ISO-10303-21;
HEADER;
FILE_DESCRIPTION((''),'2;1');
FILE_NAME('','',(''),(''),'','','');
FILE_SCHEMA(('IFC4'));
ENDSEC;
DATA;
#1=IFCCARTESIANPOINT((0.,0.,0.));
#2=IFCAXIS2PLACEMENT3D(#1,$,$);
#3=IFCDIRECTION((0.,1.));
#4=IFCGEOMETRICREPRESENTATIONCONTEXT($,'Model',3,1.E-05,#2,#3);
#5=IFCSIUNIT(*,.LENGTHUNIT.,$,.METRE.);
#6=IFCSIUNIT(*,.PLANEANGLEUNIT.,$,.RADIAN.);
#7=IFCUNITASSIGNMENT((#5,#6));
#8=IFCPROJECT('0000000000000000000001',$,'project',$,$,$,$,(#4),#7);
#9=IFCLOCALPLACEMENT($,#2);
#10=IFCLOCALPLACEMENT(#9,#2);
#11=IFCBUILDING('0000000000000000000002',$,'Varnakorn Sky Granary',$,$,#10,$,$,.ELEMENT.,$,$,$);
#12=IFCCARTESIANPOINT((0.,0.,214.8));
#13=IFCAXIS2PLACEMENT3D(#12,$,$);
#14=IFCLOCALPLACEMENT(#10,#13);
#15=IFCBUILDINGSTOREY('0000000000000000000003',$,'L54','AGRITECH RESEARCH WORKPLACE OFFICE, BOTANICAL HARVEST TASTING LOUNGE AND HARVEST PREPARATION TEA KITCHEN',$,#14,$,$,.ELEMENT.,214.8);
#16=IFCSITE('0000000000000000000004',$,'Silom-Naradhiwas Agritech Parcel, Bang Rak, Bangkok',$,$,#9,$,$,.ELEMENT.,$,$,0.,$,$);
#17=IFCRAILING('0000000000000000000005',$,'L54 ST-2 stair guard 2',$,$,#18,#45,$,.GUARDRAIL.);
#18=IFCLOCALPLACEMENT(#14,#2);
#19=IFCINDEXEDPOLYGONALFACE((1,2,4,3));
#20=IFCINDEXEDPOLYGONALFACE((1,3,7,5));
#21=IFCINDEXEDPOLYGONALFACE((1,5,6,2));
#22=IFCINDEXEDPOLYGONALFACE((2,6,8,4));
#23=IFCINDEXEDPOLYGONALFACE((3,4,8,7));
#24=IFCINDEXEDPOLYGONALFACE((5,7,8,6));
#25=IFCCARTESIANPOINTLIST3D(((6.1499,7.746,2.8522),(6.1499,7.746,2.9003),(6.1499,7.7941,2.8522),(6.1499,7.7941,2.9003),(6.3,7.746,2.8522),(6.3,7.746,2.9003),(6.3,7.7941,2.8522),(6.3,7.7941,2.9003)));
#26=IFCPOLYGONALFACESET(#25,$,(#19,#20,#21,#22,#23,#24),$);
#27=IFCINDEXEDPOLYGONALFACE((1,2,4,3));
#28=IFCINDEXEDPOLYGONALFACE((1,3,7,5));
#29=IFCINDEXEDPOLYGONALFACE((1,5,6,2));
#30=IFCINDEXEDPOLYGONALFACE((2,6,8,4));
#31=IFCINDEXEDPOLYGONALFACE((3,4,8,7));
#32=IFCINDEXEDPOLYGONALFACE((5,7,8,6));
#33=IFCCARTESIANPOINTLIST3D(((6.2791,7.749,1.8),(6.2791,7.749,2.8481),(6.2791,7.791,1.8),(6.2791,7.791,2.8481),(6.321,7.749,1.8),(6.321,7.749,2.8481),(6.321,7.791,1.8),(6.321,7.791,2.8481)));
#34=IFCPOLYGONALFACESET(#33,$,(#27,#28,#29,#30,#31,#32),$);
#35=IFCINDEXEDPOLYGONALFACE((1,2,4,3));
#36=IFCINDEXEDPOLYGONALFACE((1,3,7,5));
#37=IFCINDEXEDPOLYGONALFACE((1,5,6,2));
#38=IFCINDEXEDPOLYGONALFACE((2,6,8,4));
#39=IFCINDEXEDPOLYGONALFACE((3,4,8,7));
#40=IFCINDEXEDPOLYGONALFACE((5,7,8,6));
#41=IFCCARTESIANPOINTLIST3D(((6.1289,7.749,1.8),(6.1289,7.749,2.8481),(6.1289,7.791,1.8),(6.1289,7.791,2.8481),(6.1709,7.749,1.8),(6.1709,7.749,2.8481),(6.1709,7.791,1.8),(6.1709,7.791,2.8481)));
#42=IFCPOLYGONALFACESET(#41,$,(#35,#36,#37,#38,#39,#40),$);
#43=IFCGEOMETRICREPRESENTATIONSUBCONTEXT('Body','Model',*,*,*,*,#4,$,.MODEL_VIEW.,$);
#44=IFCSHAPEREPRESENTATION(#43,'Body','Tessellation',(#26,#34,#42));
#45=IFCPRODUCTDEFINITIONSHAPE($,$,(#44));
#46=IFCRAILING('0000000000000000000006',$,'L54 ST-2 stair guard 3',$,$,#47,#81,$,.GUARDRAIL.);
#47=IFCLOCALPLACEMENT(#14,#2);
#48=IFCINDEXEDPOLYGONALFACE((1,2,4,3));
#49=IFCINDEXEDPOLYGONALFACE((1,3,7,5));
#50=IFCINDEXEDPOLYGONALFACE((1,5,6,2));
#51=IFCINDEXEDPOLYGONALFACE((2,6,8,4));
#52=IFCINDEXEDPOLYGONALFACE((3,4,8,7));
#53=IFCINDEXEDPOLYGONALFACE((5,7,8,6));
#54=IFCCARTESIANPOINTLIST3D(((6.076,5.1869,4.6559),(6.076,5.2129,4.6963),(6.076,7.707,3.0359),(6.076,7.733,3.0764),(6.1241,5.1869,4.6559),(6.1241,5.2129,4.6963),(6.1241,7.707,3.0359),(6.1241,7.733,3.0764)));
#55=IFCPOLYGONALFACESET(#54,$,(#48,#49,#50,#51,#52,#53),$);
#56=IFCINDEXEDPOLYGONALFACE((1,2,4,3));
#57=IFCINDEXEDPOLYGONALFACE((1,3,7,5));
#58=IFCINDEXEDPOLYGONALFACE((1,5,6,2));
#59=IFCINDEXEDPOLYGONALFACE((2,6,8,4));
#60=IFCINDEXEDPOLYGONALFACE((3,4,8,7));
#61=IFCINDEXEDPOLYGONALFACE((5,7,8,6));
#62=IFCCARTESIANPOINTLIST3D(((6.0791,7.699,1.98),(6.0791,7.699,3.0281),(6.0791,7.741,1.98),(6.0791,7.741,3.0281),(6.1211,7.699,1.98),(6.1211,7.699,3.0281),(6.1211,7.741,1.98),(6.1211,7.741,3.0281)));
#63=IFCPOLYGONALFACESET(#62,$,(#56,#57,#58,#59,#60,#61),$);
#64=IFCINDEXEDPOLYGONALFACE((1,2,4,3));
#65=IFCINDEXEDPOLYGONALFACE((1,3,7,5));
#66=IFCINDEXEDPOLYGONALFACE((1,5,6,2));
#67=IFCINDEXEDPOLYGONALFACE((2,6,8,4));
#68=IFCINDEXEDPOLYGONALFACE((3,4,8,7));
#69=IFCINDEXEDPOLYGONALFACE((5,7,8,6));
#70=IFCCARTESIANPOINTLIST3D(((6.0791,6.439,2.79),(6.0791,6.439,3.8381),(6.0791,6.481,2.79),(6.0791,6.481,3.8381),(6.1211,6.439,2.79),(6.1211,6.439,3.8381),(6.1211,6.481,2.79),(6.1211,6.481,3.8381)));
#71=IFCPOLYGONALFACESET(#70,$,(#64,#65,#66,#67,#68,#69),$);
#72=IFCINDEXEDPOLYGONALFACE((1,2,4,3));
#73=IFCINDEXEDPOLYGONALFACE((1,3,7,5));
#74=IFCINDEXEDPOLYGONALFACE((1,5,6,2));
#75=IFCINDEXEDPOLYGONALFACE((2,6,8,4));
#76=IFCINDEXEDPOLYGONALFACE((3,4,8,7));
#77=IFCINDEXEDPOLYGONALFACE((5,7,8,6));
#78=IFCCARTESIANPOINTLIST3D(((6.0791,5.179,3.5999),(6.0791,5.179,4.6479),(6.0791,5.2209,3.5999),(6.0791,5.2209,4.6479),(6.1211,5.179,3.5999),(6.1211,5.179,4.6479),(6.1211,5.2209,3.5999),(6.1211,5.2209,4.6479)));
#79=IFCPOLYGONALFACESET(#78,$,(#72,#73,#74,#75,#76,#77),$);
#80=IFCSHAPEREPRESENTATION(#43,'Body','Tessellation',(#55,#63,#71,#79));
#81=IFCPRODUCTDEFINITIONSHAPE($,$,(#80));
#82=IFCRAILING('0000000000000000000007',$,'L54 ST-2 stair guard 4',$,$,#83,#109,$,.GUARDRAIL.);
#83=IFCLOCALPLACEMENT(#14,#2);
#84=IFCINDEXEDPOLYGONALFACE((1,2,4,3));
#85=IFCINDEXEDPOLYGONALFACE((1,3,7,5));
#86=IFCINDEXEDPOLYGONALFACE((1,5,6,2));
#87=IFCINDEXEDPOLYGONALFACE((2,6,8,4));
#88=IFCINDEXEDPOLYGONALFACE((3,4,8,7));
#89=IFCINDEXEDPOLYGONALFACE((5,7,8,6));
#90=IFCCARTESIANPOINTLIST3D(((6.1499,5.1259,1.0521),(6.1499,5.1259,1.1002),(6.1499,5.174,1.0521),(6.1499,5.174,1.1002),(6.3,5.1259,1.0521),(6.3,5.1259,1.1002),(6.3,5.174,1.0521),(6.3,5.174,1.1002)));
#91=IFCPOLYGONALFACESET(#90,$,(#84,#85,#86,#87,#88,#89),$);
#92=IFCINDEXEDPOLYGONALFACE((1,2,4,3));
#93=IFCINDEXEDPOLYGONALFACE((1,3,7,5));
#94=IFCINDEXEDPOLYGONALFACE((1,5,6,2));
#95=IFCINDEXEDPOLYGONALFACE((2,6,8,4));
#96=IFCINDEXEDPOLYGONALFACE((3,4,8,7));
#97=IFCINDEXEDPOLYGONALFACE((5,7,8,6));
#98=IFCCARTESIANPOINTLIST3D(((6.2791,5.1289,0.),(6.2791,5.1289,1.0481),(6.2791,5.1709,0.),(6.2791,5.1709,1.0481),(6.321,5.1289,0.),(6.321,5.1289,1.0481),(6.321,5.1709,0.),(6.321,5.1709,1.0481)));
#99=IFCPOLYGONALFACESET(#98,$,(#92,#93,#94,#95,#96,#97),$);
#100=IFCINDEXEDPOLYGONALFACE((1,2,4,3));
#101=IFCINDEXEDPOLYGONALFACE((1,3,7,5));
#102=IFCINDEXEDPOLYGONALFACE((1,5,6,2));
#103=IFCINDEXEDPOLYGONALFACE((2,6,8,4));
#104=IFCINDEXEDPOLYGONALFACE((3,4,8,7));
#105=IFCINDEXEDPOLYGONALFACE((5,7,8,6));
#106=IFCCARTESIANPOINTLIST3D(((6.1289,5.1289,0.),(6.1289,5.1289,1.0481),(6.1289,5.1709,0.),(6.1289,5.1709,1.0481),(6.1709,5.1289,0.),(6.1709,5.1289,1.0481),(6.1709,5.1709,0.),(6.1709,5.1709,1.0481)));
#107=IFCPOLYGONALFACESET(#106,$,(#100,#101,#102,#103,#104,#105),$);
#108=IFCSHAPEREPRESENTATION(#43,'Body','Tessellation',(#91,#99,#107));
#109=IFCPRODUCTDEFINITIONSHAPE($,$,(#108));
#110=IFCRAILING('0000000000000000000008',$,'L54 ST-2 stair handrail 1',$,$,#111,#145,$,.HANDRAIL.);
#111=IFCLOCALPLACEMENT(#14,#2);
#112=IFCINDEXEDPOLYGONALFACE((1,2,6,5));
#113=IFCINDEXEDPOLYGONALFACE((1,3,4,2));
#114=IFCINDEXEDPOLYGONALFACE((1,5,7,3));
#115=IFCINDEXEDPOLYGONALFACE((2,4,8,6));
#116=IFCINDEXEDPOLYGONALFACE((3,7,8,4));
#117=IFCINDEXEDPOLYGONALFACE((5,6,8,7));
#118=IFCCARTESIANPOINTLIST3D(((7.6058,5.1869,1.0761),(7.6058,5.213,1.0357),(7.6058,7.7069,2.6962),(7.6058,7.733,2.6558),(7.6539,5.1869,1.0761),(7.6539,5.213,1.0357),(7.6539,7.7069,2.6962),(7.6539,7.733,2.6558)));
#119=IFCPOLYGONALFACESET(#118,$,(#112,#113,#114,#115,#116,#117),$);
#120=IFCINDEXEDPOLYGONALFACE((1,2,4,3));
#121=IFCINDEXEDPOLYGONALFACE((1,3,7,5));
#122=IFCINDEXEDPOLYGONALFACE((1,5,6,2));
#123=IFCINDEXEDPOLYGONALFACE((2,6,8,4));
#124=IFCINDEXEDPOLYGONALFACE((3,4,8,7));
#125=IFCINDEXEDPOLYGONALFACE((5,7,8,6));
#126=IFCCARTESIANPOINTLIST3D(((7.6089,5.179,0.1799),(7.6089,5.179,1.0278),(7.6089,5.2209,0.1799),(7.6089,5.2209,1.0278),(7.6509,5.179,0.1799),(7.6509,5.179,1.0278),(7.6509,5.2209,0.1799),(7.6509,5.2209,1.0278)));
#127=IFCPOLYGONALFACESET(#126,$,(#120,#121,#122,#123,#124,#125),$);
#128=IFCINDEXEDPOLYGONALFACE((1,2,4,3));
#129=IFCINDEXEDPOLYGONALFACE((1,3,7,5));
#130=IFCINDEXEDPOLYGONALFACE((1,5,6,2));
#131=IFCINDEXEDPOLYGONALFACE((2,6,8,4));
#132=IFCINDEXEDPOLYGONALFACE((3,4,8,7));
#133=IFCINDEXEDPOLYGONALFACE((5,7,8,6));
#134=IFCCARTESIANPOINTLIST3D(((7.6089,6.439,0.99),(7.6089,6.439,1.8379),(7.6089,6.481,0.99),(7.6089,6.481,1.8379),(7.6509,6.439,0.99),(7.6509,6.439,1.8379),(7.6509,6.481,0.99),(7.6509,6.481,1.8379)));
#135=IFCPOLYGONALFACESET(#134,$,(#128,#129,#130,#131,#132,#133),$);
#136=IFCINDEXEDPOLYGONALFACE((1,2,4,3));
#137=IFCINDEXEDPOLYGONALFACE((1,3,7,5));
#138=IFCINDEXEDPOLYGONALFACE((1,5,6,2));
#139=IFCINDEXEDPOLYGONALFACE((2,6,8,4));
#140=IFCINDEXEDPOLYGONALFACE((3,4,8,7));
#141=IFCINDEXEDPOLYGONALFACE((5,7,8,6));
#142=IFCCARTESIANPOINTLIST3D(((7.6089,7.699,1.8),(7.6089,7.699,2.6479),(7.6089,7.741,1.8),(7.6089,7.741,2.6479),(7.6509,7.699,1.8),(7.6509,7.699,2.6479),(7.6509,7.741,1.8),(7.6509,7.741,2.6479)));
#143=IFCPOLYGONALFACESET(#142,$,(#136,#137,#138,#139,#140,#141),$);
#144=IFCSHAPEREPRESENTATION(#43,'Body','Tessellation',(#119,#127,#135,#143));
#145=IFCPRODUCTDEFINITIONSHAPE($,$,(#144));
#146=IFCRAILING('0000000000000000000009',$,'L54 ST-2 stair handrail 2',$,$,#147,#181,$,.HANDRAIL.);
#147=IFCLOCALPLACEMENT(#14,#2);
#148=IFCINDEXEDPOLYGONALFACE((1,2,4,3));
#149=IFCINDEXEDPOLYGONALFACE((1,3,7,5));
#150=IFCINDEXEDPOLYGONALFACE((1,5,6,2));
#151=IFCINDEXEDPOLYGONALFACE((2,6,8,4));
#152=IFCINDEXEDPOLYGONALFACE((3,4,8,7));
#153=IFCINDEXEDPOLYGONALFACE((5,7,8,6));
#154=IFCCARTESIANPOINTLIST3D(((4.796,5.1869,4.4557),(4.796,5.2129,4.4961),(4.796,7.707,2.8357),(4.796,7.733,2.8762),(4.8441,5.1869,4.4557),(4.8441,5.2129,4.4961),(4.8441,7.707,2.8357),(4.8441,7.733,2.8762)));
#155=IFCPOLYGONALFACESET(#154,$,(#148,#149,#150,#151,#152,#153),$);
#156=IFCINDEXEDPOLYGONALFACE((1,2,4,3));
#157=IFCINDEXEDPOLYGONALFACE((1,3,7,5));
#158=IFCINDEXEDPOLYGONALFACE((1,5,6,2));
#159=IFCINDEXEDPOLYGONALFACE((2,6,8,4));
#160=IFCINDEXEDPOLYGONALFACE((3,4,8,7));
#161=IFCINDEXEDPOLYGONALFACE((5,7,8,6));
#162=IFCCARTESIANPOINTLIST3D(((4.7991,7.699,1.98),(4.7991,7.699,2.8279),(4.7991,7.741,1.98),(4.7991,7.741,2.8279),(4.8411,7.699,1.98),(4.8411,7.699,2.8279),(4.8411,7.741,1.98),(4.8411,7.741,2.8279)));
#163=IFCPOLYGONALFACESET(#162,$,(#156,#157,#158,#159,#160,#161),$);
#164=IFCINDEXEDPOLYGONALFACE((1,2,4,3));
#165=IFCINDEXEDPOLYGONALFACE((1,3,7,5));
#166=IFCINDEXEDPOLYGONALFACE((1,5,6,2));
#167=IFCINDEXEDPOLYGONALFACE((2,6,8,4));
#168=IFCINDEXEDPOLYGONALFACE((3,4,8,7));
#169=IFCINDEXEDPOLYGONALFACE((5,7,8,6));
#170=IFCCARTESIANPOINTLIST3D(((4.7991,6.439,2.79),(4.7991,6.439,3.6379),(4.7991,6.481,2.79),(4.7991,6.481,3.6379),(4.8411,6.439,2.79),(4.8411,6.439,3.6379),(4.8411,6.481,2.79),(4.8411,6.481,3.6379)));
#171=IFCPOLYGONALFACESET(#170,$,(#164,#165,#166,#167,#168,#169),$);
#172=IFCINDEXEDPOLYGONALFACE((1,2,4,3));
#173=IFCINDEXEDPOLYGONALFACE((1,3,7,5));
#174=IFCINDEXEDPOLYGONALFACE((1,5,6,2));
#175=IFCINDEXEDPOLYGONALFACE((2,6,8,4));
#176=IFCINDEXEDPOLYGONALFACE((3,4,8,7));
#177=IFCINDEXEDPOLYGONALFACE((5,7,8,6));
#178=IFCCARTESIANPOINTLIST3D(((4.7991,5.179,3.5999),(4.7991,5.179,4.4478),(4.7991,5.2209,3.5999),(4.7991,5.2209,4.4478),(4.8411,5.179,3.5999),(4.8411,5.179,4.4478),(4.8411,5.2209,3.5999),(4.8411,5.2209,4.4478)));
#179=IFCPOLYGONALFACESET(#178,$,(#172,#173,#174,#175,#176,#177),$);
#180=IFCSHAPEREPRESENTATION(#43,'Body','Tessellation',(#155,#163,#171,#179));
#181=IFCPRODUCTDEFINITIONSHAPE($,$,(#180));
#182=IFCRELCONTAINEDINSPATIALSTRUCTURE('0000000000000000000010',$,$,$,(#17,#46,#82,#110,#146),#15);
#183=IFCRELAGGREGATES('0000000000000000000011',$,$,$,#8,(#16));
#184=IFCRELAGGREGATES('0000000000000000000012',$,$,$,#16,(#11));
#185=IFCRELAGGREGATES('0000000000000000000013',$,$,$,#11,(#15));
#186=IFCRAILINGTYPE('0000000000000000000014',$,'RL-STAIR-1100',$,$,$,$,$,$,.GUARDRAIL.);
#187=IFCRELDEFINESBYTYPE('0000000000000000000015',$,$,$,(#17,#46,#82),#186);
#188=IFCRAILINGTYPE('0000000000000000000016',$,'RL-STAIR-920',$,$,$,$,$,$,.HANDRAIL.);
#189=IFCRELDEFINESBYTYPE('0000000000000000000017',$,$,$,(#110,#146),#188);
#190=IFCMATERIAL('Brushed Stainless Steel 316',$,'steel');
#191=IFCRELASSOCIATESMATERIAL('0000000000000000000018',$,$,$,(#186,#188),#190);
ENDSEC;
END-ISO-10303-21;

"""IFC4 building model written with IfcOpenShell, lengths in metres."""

from ifc_helpers import new_model, si_unit, direction, frame, origin, origin_2d, place, context, subcontext, project, spatial, rectangle, extrude, material, type_object, element, save


model = new_model("IFC4")

# Units and contexts
model_context = context("Model", 3, precision=1e-05, world=origin(), true_north=direction((0.0, 1.0)))
body_context = subcontext(model_context, "Body", "Model", "MODEL_VIEW")
ifc_project = project(units=[si_unit("LENGTHUNIT", "METRE"), si_unit("PLANEANGLEUNIT", "RADIAN")], contexts=[model_context])

# Site, building, storey
site_placement = place(None, origin())
site = spatial("IfcSite", under=ifc_project, at=site_placement, Name="Silom-Naradhiwas Agritech Parcel, Bang Rak, Bangkok", CompositionType="ELEMENT", RefElevation=0.0)
building_placement = place(site_placement, origin())
building = spatial("IfcBuilding", under=site, at=building_placement, Name="Varnakorn Sky Granary", CompositionType="ELEMENT")
storey_placement = place(building_placement, frame((0.0, 0.0, 214.8)))
storey = spatial("IfcBuildingStorey", under=building, at=storey_placement, Name="L54", Description="AGRITECH RESEARCH WORKPLACE OFFICE, BOTANICAL HARVEST TASTING LOUNGE AND HARVEST PREPARATION TEA KITCHEN", CompositionType="ELEMENT", Elevation=214.8)

# Railings
ifc_material_1 = material(Name="Brushed Stainless Steel 316", Category="steel")
railing_type_1 = type_object("IfcRailingType", Name="RL-STAIR-1100", PredefinedType="GUARDRAIL", material=ifc_material_1)
railing_1_placement = place(storey_placement, frame((6.3, 7.77, 1.8)))
element("IfcRailing", 1, at=railing_1_placement, inside=storey, type_object=railing_type_1, Name="L54 ST-2 stair guard 2", PredefinedType="GUARDRAIL", context=body_context, shape_type="SweptSolid", body=[
    extrude(rectangle(XDim=0.0481, YDim=0.0481, at=origin_2d()), frame((0.0, 0.0, 1.0762), z_axis=(-1.0, 0.0, 0.0), x_axis=(0.0, -1.0, 0.0)), (0.0, 0.0, 1.0), 0.1501),
    extrude(rectangle(XDim=0.042, YDim=0.042, at=origin_2d()), origin(), (0.0, 0.0, 1.0), 1.0481),
    extrude(rectangle(XDim=0.042, YDim=0.042, at=origin_2d()), frame((-0.1501, 0.0, 0.0)), (0.0, 0.0, 1.0), 1.0481),
])
railing_2_placement = place(storey_placement, frame((6.1001, 7.72, 1.98)))
element("IfcRailing", 2, at=railing_2_placement, inside=storey, type_object=railing_type_1, Name="L54 ST-2 stair guard 3", PredefinedType="GUARDRAIL", context=body_context, shape_type="SweptSolid", body=[
    extrude(rectangle(XDim=0.0481, YDim=0.0481, at=origin_2d()), frame((0.0, 0.0, 1.0762), z_axis=(0.0, -0.8412, 0.540725), x_axis=(1.0, 0.0, 0.0)), (0.0, 0.0, 1.0), 2.9958),
    extrude(rectangle(XDim=0.042, YDim=0.042, at=origin_2d()), origin(), (0.0, 0.0, 1.0), 1.0481),
    extrude(rectangle(XDim=0.042, YDim=0.042, at=origin_2d()), frame((0.0, -1.26, 0.8101)), (0.0, 0.0, 1.0), 1.0481),
    extrude(rectangle(XDim=0.042, YDim=0.042, at=origin_2d()), frame((0.0, -2.52, 1.6199)), (0.0, 0.0, 1.0), 1.0481),
])
railing_3_placement = place(storey_placement, frame((6.3, 5.1499, 0.0)))
element("IfcRailing", 3, at=railing_3_placement, inside=storey, type_object=railing_type_1, Name="L54 ST-2 stair guard 4", PredefinedType="GUARDRAIL", context=body_context, shape_type="SweptSolid", body=[
    extrude(rectangle(XDim=0.0481, YDim=0.0481, at=origin_2d()), frame((0.0, 0.0, 1.0762), z_axis=(-1.0, 0.0, 0.0), x_axis=(0.0, -1.0, 0.0)), (0.0, 0.0, 1.0), 0.1501),
    extrude(rectangle(XDim=0.042, YDim=0.042, at=origin_2d()), origin(), (0.0, 0.0, 1.0), 1.0481),
    extrude(rectangle(XDim=0.042, YDim=0.042, at=origin_2d()), frame((-0.1501, 0.0, 0.0)), (0.0, 0.0, 1.0), 1.0481),
])
railing_type_2 = type_object("IfcRailingType", Name="RL-STAIR-920", PredefinedType="HANDRAIL", material=ifc_material_1)
railing_4_placement = place(storey_placement, frame((7.6299, 5.2, 0.1799)))
element("IfcRailing", 4, at=railing_4_placement, inside=storey, type_object=railing_type_2, Name="L54 ST-2 stair handrail 1", PredefinedType="HANDRAIL", context=body_context, shape_type="SweptSolid", body=[
    extrude(rectangle(XDim=0.0481, YDim=0.0481, at=origin_2d()), frame((0.0, 0.0, 0.876), z_axis=(0.0, 0.841163, 0.540782), x_axis=(-1.0, 0.0, 0.0)), (0.0, 0.0, 1.0), 2.9958),
    extrude(rectangle(XDim=0.042, YDim=0.042, at=origin_2d()), origin(), (0.0, 0.0, 1.0), 0.8479),
    extrude(rectangle(XDim=0.042, YDim=0.042, at=origin_2d()), frame((0.0, 1.26, 0.8101)), (0.0, 0.0, 1.0), 0.8479),
    extrude(rectangle(XDim=0.042, YDim=0.042, at=origin_2d()), frame((0.0, 2.52, 1.6201)), (0.0, 0.0, 1.0), 0.8479),
])
railing_5_placement = place(storey_placement, frame((4.8201, 7.72, 1.98)))
element("IfcRailing", 5, at=railing_5_placement, inside=storey, type_object=railing_type_2, Name="L54 ST-2 stair handrail 2", PredefinedType="HANDRAIL", context=body_context, shape_type="SweptSolid", body=[
    extrude(rectangle(XDim=0.0481, YDim=0.0481, at=origin_2d()), frame((0.0, 0.0, 0.876), z_axis=(0.0, -0.8412, 0.540725), x_axis=(1.0, 0.0, 0.0)), (0.0, 0.0, 1.0), 2.9958),
    extrude(rectangle(XDim=0.042, YDim=0.042, at=origin_2d()), origin(), (0.0, 0.0, 1.0), 0.8479),
    extrude(rectangle(XDim=0.042, YDim=0.042, at=origin_2d()), frame((0.0, -1.26, 0.8101)), (0.0, 0.0, 1.0), 0.8479),
    extrude(rectangle(XDim=0.042, YDim=0.042, at=origin_2d()), frame((0.0, -2.52, 1.6199)), (0.0, 0.0, 1.0), 0.8479),
])

save(model, "model.ifc")
